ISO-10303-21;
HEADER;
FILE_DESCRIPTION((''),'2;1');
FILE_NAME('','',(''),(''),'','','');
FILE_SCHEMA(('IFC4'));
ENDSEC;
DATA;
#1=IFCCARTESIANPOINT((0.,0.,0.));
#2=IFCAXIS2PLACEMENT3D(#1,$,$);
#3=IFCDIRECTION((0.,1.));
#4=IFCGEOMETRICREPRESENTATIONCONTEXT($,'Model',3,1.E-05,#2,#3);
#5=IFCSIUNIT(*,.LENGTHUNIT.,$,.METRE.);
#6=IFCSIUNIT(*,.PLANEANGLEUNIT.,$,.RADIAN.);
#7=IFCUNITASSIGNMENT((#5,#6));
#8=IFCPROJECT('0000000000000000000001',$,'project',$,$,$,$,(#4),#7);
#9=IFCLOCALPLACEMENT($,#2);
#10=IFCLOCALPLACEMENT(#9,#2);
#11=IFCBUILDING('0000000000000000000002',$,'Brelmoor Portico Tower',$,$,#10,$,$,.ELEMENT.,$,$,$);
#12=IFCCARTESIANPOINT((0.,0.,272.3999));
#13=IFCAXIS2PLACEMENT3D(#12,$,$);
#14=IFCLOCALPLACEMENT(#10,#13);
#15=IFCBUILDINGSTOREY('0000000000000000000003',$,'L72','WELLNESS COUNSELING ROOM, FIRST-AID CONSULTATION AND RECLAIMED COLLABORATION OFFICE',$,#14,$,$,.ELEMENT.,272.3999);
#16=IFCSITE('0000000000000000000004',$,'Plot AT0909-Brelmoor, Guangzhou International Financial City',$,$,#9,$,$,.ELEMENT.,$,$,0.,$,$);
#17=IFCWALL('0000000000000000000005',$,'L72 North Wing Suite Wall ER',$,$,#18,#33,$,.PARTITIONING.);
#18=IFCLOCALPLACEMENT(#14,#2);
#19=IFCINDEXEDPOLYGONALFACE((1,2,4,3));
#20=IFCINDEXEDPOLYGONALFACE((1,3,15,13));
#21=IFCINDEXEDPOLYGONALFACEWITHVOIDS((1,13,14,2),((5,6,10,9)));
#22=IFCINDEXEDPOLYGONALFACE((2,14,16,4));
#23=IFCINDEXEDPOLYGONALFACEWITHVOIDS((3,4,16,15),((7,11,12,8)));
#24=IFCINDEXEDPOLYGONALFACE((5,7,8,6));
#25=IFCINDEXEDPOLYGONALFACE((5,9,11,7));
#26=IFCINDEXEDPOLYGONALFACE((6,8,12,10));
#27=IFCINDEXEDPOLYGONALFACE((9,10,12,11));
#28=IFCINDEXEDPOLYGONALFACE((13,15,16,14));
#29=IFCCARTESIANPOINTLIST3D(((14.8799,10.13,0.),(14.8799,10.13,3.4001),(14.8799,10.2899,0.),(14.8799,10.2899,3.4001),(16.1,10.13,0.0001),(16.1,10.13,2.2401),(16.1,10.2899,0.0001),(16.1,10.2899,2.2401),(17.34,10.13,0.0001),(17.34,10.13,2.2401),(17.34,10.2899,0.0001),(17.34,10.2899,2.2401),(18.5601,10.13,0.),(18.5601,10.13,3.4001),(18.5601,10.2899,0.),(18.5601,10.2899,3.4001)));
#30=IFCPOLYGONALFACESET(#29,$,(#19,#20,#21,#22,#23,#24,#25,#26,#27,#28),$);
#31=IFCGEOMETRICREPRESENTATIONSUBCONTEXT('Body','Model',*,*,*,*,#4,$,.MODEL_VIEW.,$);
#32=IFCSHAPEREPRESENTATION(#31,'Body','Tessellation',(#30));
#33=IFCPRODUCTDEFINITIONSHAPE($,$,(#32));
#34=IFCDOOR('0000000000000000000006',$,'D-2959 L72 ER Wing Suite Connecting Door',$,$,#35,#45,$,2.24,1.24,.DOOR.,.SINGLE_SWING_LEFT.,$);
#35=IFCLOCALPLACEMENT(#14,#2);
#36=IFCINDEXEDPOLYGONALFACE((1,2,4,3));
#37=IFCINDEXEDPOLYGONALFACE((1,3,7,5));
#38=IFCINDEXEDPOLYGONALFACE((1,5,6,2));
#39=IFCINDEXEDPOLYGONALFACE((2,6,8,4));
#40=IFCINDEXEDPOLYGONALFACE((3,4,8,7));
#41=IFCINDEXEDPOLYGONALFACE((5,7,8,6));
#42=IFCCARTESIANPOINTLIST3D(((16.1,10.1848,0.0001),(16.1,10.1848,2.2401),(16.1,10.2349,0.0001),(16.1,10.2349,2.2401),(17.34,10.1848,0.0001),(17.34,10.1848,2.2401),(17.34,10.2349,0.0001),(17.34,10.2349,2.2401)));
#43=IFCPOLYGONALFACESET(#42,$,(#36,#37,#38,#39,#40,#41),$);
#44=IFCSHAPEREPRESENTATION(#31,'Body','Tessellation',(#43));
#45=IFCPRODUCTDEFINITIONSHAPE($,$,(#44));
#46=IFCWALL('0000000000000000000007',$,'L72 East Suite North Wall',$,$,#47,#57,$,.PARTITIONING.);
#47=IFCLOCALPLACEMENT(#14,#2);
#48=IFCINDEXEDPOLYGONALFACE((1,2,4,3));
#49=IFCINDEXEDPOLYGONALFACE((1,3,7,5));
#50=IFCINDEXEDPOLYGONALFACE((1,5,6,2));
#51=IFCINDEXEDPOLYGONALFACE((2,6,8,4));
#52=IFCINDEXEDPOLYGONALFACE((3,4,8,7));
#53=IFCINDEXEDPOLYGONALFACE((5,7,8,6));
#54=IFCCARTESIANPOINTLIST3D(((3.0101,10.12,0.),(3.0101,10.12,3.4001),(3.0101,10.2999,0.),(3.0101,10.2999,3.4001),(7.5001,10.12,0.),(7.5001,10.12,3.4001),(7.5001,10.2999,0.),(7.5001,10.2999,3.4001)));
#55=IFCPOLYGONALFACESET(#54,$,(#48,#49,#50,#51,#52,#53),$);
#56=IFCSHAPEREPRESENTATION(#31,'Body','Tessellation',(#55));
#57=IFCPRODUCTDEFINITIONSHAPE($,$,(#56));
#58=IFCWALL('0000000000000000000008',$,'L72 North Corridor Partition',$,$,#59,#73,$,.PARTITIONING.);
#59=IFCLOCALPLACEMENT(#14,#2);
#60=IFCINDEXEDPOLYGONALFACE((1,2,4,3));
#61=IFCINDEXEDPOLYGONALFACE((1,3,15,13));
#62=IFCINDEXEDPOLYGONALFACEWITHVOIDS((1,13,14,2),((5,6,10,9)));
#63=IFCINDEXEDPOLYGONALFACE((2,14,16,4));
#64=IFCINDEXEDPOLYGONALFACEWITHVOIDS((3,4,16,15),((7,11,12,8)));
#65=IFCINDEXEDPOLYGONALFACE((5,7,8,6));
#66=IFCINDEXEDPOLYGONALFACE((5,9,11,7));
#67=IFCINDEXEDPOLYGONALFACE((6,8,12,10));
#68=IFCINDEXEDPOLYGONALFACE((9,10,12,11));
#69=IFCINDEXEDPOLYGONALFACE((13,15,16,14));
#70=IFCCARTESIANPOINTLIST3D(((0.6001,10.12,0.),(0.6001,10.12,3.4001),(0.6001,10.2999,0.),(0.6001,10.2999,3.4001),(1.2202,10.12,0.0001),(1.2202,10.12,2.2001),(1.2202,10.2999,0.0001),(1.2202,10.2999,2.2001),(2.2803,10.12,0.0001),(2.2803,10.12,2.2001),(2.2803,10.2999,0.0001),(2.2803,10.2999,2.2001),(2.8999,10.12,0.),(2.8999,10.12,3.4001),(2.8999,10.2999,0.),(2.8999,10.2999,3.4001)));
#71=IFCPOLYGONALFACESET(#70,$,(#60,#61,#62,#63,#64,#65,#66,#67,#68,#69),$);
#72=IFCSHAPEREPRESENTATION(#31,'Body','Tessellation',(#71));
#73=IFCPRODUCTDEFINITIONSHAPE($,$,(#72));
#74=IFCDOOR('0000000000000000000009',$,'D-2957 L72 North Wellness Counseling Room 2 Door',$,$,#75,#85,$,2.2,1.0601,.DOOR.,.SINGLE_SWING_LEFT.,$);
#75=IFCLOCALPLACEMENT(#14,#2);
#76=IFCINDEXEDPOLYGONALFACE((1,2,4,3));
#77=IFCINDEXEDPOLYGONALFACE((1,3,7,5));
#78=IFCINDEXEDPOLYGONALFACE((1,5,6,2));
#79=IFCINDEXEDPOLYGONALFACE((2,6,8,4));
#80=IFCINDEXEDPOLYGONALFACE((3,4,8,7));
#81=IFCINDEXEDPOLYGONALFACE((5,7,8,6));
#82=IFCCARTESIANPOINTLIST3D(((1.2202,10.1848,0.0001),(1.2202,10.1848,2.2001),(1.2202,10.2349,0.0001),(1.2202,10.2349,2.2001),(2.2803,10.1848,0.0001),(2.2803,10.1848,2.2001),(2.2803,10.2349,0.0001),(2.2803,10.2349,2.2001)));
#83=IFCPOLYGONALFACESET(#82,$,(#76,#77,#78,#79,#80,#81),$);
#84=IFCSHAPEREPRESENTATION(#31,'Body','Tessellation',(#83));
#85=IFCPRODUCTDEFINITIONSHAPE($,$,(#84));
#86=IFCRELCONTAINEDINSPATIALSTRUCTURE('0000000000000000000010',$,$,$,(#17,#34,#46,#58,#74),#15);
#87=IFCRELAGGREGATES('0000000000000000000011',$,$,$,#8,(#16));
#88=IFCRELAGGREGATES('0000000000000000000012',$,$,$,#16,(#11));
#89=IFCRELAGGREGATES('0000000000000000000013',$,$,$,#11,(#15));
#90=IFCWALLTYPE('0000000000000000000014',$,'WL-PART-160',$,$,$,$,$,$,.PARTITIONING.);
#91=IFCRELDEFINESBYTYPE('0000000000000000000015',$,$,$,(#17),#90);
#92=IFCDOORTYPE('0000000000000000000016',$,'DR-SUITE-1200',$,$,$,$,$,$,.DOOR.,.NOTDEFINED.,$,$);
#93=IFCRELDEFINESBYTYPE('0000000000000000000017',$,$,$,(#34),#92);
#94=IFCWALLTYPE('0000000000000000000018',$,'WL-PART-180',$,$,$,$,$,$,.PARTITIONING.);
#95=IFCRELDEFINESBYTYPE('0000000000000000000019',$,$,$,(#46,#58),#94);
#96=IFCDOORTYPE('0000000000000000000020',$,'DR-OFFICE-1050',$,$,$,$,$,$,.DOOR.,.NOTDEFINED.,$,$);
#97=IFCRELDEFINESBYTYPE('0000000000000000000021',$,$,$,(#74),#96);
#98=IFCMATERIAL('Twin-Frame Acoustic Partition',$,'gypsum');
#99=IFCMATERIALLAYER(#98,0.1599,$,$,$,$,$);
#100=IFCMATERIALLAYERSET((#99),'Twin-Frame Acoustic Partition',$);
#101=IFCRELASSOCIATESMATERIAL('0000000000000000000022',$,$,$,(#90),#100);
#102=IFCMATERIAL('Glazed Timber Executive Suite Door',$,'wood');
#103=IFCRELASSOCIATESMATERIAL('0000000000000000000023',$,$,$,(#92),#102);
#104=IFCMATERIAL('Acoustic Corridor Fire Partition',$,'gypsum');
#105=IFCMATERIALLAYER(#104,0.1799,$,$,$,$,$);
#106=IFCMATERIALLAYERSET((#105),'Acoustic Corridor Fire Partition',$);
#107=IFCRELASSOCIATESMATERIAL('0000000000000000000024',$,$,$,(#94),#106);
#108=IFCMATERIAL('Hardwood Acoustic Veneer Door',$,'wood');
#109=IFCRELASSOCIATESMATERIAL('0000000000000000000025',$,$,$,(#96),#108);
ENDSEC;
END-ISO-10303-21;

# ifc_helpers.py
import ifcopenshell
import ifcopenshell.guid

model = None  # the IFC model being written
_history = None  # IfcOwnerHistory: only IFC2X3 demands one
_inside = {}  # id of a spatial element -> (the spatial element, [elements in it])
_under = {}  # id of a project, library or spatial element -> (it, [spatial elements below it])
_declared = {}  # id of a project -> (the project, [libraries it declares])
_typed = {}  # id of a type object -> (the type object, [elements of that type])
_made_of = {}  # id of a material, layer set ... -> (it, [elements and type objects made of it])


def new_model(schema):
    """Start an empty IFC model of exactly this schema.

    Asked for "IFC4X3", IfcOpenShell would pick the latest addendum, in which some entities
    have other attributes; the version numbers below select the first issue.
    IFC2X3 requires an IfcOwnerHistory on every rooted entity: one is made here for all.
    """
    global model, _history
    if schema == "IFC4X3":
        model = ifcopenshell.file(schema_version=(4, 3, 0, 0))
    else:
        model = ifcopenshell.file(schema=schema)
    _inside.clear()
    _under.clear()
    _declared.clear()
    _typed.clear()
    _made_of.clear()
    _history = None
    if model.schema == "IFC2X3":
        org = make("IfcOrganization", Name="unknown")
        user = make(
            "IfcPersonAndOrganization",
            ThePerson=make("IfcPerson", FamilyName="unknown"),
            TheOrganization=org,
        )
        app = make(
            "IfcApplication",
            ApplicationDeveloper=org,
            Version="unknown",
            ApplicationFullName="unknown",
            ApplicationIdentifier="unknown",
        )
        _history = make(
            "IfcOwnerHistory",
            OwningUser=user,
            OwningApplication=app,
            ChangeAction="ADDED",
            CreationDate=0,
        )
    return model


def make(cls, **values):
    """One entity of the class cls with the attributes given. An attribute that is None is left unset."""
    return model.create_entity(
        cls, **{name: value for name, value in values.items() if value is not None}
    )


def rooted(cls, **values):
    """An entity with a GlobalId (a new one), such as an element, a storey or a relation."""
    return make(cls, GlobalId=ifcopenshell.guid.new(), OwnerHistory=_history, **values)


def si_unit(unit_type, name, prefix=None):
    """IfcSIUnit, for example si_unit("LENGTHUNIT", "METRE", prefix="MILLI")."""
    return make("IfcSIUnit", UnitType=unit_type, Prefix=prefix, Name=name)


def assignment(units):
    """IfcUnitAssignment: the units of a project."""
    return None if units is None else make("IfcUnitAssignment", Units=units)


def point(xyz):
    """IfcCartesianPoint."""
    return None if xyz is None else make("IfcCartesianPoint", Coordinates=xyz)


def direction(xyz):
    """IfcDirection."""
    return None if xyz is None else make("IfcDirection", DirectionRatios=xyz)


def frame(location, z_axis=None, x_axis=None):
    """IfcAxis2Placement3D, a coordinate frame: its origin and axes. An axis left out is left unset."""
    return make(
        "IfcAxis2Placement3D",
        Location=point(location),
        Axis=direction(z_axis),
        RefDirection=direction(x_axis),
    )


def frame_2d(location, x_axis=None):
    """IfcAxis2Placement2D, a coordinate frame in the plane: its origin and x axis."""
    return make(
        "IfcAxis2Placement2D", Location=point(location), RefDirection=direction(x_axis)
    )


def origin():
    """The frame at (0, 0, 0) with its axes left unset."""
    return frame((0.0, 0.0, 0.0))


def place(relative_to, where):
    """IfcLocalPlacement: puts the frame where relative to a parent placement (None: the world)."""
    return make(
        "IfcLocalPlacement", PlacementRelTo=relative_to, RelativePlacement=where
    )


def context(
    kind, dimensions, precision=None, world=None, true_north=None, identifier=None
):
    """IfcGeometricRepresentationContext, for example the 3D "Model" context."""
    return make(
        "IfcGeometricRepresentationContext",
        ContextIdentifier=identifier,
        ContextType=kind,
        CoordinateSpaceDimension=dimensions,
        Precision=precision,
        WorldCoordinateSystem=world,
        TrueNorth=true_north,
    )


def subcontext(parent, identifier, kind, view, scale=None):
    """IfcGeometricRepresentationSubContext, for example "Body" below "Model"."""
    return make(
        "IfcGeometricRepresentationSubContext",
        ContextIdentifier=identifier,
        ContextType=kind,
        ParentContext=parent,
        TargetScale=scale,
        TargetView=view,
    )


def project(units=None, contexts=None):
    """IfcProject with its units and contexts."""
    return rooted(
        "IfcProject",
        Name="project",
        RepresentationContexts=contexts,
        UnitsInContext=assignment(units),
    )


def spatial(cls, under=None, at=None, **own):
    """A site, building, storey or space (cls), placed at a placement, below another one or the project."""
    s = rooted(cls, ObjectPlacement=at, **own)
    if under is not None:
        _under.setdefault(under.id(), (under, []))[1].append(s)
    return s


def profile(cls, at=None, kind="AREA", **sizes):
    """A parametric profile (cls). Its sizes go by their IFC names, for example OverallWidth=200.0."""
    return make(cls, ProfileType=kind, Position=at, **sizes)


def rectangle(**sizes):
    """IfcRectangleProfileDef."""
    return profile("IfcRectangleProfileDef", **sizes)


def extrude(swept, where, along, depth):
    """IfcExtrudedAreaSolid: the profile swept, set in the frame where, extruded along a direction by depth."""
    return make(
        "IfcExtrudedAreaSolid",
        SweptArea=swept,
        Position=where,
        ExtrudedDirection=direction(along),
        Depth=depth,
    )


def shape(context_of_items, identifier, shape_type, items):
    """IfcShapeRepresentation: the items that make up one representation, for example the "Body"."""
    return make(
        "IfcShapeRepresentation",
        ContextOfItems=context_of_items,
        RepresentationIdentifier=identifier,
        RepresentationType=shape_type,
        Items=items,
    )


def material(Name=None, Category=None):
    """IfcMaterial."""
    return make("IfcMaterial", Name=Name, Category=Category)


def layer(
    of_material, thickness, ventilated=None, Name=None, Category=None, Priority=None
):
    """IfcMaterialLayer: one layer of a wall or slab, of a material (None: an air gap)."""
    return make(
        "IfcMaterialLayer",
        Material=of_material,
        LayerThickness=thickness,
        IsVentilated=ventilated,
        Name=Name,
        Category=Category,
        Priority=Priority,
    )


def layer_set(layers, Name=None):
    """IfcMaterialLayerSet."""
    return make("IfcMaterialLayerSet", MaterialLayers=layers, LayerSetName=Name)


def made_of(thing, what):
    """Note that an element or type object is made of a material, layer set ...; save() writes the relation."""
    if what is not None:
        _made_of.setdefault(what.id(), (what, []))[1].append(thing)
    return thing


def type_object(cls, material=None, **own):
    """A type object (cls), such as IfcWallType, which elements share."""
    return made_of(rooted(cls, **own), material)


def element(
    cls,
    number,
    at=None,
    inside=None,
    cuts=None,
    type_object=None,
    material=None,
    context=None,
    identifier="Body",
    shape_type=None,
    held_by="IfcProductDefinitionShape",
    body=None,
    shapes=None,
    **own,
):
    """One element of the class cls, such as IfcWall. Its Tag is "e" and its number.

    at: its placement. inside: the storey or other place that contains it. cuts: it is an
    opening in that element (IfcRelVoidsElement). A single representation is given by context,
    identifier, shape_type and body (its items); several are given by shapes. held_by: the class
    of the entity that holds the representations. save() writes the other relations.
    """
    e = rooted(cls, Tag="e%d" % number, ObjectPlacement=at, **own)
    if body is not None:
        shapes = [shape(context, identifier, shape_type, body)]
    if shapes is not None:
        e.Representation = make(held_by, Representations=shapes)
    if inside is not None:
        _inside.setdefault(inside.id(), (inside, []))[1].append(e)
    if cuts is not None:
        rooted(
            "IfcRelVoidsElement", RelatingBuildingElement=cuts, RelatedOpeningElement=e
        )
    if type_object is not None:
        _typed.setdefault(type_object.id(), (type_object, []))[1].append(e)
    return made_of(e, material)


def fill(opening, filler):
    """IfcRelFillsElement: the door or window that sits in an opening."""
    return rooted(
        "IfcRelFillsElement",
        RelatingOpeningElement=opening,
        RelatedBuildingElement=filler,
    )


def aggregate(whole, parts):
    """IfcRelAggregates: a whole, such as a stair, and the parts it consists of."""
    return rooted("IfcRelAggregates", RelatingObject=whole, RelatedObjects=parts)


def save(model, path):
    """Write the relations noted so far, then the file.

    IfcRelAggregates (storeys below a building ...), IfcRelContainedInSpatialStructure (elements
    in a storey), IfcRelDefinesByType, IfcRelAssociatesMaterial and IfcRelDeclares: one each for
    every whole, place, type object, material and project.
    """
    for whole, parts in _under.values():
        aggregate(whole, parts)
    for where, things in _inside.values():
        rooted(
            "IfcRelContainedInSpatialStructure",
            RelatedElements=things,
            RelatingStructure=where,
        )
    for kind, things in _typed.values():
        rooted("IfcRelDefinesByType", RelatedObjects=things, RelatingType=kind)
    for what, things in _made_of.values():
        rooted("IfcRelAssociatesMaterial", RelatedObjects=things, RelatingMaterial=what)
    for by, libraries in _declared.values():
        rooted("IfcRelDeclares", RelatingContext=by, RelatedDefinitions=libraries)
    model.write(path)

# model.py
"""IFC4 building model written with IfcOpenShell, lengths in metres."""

from ifc_helpers import new_model, si_unit, direction, frame, frame_2d, origin, place, context, subcontext, project, spatial, rectangle, extrude, material, layer, layer_set, type_object, element, fill, save


model = new_model("IFC4")

# Units and contexts
model_context = context("Model", 3, precision=1e-05, world=origin(), true_north=direction((0.0, 1.0)))
body_context = subcontext(model_context, "Body", "Model", "MODEL_VIEW")
ifc_project = project(units=[si_unit("LENGTHUNIT", "METRE"), si_unit("PLANEANGLEUNIT", "RADIAN")], contexts=[model_context])

# Site, building, storey
site_placement = place(None, origin())
site = spatial("IfcSite", under=ifc_project, at=site_placement, Name="Plot AT0909-Brelmoor, Guangzhou International Financial City", CompositionType="ELEMENT", RefElevation=0.0)
building_placement = place(site_placement, origin())
building = spatial("IfcBuilding", under=site, at=building_placement, Name="Brelmoor Portico Tower", CompositionType="ELEMENT")
storey_placement = place(building_placement, frame((0.0, 0.0, 272.3999)))
storey = spatial("IfcBuildingStorey", under=building, at=storey_placement, Name="L72", Description="WELLNESS COUNSELING ROOM, FIRST-AID CONSULTATION AND RECLAIMED COLLABORATION OFFICE", CompositionType="ELEMENT", Elevation=272.3999)

# Wall, opening, door
ifc_material_1 = material(Name="Twin-Frame Acoustic Partition", Category="gypsum")
ifc_layer_1 = layer(ifc_material_1, 0.1599)
ifc_layer_set_1 = layer_set([ifc_layer_1], Name="Twin-Frame Acoustic Partition")
wall_type_1 = type_object("IfcWallType", Name="WL-PART-160", PredefinedType="PARTITIONING", material=ifc_layer_set_1)
wall_1_placement = place(storey_placement, frame((14.8799, 10.21, 0.0), z_axis=(0.0, 0.0, 1.0), x_axis=(1.0, 0.0, 0.0)))
wall_1 = element("IfcWall", 1, at=wall_1_placement, inside=storey, type_object=wall_type_1, Name="L72 North Wing Suite Wall ER", PredefinedType="PARTITIONING", context=body_context, shape_type="SweptSolid", body=[
    extrude(rectangle(XDim=3.6802, YDim=0.1599, at=frame_2d((1.8401, 0.0))), origin(), (0.0, 0.0, 1.0), 3.4001),
])
opening_1_placement = place(wall_1_placement, frame((1.22, 0.0, 0.0)))
opening_1 = element("IfcOpeningElement", 2, at=opening_1_placement, cuts=wall_1, PredefinedType="OPENING", context=body_context, shape_type="SweptSolid", body=[
    extrude(rectangle(XDim=1.24, YDim=2.24, at=frame_2d((0.6201, 1.1201))), frame((0.0, 0.0898, 0.0), z_axis=(0.0, -1.0, 0.0), x_axis=(1.0, 0.0, 0.0)), (0.0, 0.0, 1.0), 0.1799),
])
ifc_material_2 = material(Name="Glazed Timber Executive Suite Door", Category="wood")
door_type_1 = type_object("IfcDoorType", Name="DR-SUITE-1200", OperationType="NOTDEFINED", PredefinedType="DOOR", material=ifc_material_2)
door_1_placement = place(opening_1_placement, origin())
door_1 = element("IfcDoor", 3, at=door_1_placement, inside=storey, type_object=door_type_1, Name="D-2959 L72 ER Wing Suite Connecting Door", OperationType="SINGLE_SWING_LEFT", OverallHeight=2.24, OverallWidth=1.24, PredefinedType="DOOR", context=body_context, shape_type="SweptSolid", body=[
    extrude(rectangle(XDim=1.24, YDim=2.24, at=frame_2d((0.6201, 1.1201))), frame((0.0, 0.0249, 0.0), z_axis=(0.0, -1.0, 0.0), x_axis=(1.0, 0.0, 0.0)), (0.0, 0.0, 1.0), 0.05),
])
fill(opening_1, door_1)

# Wall
ifc_material_3 = material(Name="Acoustic Corridor Fire Partition", Category="gypsum")
ifc_layer_2 = layer(ifc_material_3, 0.1799)
ifc_layer_set_2 = layer_set([ifc_layer_2], Name="Acoustic Corridor Fire Partition")
wall_type_2 = type_object("IfcWallType", Name="WL-PART-180", PredefinedType="PARTITIONING", material=ifc_layer_set_2)
wall_2_placement = place(storey_placement, frame((3.01, 10.21, 0.0), z_axis=(0.0, 0.0, 1.0), x_axis=(1.0, 0.0, 0.0)))
element("IfcWall", 4, at=wall_2_placement, inside=storey, type_object=wall_type_2, Name="L72 East Suite North Wall", PredefinedType="PARTITIONING", context=body_context, shape_type="SweptSolid", body=[
    extrude(rectangle(XDim=4.49, YDim=0.1799, at=frame_2d((2.2451, 0.0))), origin(), (0.0, 0.0, 1.0), 3.4001),
])

# Wall, opening, door
wall_3_placement = place(storey_placement, frame((0.6001, 10.21, 0.0), z_axis=(0.0, 0.0, 1.0), x_axis=(1.0, 0.0, 0.0)))
wall_3 = element("IfcWall", 5, at=wall_3_placement, inside=storey, type_object=wall_type_2, Name="L72 North Corridor Partition", PredefinedType="PARTITIONING", context=body_context, shape_type="SweptSolid", body=[
    extrude(rectangle(XDim=2.2998, YDim=0.1799, at=frame_2d((1.1499, 0.0))), origin(), (0.0, 0.0, 1.0), 3.4001),
])
opening_2_placement = place(wall_3_placement, frame((0.6201, 0.0, 0.0)))
opening_2 = element("IfcOpeningElement", 6, at=opening_2_placement, cuts=wall_3, PredefinedType="OPENING", context=body_context, shape_type="SweptSolid", body=[
    extrude(rectangle(XDim=1.0601, YDim=2.2, at=frame_2d((0.53, 1.1001))), frame((0.0, 0.0999, 0.0), z_axis=(0.0, -1.0, 0.0), x_axis=(1.0, 0.0, 0.0)), (0.0, 0.0, 1.0), 0.2),
])
ifc_material_4 = material(Name="Hardwood Acoustic Veneer Door", Category="wood")
door_type_2 = type_object("IfcDoorType", Name="DR-OFFICE-1050", OperationType="NOTDEFINED", PredefinedType="DOOR", material=ifc_material_4)
door_2_placement = place(opening_2_placement, origin())
door_2 = element("IfcDoor", 7, at=door_2_placement, inside=storey, type_object=door_type_2, Name="D-2957 L72 North Wellness Counseling Room 2 Door", OperationType="SINGLE_SWING_LEFT", OverallHeight=2.2, OverallWidth=1.0601, PredefinedType="DOOR", context=body_context, shape_type="SweptSolid", body=[
    extrude(rectangle(XDim=1.0601, YDim=2.2, at=frame_2d((0.53, 1.1001))), frame((0.0, 0.0249, 0.0), z_axis=(0.0, -1.0, 0.0), x_axis=(1.0, 0.0, 0.0)), (0.0, 0.0, 1.0), 0.05),
])
fill(opening_2, door_2)

save(model, "model.ifc")
